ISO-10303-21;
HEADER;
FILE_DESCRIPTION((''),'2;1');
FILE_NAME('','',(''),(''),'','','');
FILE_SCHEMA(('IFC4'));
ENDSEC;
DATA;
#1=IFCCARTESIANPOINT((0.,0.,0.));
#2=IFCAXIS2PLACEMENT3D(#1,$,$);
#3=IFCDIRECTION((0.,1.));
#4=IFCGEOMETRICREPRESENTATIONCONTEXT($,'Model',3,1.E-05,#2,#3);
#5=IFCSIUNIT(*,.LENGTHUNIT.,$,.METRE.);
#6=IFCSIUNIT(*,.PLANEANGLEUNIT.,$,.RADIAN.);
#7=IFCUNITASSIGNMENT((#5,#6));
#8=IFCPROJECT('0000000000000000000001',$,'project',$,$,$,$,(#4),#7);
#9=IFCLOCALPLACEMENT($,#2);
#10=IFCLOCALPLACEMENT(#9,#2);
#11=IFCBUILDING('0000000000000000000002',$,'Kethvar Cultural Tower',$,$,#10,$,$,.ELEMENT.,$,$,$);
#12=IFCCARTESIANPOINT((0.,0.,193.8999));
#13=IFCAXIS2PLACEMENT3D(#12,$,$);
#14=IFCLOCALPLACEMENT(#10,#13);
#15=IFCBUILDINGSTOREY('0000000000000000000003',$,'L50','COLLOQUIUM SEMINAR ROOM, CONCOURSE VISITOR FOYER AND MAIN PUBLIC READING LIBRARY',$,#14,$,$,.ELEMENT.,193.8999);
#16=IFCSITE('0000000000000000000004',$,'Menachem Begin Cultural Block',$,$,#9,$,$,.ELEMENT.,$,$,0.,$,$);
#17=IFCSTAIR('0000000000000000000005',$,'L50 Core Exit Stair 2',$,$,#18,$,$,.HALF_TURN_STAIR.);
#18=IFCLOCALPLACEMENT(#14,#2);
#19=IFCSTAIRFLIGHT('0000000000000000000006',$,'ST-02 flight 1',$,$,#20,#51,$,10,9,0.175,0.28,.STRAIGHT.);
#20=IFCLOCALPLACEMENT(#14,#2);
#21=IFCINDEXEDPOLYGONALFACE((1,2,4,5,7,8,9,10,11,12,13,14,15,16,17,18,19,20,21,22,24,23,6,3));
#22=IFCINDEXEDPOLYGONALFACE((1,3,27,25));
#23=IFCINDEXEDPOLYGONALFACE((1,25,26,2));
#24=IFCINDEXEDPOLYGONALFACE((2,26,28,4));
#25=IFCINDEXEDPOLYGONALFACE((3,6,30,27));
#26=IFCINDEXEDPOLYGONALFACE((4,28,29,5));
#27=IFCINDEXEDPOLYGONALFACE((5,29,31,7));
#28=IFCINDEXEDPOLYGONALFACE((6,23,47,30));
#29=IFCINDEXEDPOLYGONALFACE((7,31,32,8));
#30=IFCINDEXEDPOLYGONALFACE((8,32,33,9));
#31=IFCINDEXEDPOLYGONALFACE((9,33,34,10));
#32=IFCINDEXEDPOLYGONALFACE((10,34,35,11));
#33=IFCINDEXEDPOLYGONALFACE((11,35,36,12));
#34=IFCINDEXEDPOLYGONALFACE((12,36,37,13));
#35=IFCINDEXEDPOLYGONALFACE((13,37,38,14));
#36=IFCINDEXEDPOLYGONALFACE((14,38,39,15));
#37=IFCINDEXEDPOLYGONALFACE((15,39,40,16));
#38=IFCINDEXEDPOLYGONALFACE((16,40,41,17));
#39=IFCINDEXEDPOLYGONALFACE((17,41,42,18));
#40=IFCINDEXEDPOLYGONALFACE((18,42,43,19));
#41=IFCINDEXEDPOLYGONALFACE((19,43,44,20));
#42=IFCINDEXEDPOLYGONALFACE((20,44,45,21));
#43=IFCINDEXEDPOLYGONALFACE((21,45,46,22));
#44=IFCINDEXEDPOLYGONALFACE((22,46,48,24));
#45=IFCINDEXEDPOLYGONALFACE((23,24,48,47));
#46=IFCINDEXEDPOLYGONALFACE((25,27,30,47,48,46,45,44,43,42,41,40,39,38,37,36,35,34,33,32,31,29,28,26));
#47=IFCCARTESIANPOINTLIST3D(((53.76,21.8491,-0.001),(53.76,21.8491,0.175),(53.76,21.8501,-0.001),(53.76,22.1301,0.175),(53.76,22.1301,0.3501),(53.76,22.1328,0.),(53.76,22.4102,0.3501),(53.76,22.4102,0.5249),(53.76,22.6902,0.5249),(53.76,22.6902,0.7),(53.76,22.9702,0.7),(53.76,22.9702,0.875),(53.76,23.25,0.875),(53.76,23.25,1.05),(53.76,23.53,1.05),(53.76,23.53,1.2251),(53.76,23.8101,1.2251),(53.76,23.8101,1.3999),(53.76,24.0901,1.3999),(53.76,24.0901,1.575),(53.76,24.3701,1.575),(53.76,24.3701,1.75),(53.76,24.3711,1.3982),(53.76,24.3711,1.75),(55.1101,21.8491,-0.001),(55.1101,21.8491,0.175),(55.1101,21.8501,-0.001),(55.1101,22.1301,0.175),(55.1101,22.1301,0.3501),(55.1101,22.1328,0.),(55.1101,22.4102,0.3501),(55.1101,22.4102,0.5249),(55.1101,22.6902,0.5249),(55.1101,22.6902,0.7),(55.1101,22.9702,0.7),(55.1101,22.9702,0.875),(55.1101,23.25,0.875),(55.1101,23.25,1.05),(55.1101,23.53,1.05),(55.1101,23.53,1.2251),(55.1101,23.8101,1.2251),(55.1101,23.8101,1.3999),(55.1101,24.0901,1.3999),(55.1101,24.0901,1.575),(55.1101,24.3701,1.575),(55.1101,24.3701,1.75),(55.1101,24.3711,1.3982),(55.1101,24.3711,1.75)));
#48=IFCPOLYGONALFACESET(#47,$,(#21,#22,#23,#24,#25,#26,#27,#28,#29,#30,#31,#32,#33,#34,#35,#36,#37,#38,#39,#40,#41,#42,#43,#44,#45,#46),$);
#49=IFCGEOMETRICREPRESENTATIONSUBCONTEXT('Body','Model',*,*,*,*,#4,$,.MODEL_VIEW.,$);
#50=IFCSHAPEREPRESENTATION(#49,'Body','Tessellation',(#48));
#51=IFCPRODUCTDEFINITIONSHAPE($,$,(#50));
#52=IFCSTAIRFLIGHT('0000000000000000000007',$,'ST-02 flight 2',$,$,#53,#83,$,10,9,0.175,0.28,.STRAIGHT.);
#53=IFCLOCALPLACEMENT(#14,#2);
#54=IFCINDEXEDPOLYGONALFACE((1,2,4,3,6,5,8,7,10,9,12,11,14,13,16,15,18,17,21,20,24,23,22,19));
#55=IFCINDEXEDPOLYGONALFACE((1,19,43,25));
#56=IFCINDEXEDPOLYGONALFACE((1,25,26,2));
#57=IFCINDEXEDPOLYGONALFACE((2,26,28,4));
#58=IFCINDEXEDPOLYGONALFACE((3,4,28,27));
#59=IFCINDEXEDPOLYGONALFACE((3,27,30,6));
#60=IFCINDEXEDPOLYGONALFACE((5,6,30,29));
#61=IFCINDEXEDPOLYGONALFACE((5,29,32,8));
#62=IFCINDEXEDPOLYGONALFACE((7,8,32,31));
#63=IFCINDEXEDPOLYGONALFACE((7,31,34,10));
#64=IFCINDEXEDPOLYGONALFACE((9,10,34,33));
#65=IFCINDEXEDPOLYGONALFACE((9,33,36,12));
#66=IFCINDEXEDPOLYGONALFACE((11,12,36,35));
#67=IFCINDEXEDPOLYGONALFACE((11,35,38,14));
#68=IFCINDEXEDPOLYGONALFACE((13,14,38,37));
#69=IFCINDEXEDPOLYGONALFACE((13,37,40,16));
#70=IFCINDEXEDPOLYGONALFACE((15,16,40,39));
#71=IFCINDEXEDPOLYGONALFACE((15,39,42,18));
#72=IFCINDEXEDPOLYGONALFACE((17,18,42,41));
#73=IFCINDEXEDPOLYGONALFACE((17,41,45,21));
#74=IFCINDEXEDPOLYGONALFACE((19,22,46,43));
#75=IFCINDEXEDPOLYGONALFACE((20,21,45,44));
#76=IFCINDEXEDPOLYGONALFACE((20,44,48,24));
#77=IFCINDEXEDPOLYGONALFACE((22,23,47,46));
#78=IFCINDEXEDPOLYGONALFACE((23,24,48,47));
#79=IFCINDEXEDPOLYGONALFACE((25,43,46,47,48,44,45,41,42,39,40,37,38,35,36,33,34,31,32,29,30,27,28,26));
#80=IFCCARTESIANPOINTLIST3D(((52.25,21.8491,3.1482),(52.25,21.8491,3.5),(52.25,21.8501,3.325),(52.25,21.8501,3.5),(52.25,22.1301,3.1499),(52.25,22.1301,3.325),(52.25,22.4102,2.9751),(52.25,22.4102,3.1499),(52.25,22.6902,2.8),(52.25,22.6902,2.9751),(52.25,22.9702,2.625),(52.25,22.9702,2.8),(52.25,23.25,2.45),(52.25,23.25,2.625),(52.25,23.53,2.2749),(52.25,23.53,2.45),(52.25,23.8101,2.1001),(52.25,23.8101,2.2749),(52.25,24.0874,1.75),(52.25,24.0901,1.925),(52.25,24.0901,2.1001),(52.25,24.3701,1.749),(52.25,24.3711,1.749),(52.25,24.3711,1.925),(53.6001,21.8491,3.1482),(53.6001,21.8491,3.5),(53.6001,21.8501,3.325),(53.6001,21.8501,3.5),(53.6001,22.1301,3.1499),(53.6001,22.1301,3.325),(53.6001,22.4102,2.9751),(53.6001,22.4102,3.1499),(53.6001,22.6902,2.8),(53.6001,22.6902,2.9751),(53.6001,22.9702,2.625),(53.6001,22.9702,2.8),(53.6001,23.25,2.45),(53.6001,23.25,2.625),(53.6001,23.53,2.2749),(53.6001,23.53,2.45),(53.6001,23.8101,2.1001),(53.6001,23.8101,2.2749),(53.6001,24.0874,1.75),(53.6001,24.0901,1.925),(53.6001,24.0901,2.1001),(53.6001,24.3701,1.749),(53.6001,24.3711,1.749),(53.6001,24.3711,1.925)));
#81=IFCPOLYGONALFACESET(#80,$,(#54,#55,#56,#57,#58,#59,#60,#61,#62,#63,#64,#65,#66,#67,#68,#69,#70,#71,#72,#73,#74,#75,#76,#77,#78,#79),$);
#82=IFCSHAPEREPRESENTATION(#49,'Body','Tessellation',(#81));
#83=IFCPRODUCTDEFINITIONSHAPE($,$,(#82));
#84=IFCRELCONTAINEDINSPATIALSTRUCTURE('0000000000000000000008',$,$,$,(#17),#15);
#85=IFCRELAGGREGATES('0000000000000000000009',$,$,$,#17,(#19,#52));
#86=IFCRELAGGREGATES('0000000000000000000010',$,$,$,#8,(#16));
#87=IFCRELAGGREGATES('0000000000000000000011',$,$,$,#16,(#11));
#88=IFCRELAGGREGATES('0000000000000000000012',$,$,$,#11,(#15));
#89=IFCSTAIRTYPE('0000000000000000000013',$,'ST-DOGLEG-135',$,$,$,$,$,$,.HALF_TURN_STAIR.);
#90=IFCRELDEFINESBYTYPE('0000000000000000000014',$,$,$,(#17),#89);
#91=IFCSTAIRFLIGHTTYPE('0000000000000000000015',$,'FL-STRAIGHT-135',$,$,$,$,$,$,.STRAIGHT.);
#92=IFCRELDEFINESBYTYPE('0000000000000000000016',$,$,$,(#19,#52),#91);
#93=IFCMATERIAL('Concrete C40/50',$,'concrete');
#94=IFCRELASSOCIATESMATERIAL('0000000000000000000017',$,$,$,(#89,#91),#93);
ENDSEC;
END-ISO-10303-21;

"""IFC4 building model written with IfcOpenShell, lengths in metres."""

from ifc_helpers import new_model, si_unit, direction, frame, origin, place, context, subcontext, project, spatial, polyline, outline, extrude, material, type_object, element, aggregate, save


model = new_model("IFC4")

# Units and contexts
model_context = context("Model", 3, precision=1e-05, world=origin(), true_north=direction((0.0, 1.0)))
body_context = subcontext(model_context, "Body", "Model", "MODEL_VIEW")
ifc_project = project(units=[si_unit("LENGTHUNIT", "METRE"), si_unit("PLANEANGLEUNIT", "RADIAN")], contexts=[model_context])

# Site, building, storey
site_placement = place(None, origin())
site = spatial("IfcSite", under=ifc_project, at=site_placement, Name="Menachem Begin Cultural Block", CompositionType="ELEMENT", RefElevation=0.0)
building_placement = place(site_placement, origin())
building = spatial("IfcBuilding", under=site, at=building_placement, Name="Kethvar Cultural Tower", CompositionType="ELEMENT")
storey_placement = place(building_placement, frame((0.0, 0.0, 193.8999)))
storey = spatial("IfcBuildingStorey", under=building, at=storey_placement, Name="L50", Description="COLLOQUIUM SEMINAR ROOM, CONCOURSE VISITOR FOYER AND MAIN PUBLIC READING LIBRARY", CompositionType="ELEMENT", Elevation=193.8999)

# Stair, stair flights
ifc_material_1 = material(Name="Concrete C40/50", Category="concrete")
stair_type = type_object("IfcStairType", Name="ST-DOGLEG-135", PredefinedType="HALF_TURN_STAIR", material=ifc_material_1)
stair_placement = place(storey_placement, origin())
stair = element("IfcStair", 1, at=stair_placement, inside=storey, type_object=stair_type, Name="L50 Core Exit Stair 2", PredefinedType="HALF_TURN_STAIR")
stair_flight_type = type_object("IfcStairFlightType", Name="FL-STRAIGHT-135", PredefinedType="STRAIGHT", material=ifc_material_1)
stair_flight_1_placement = place(storey_placement, frame((54.4351, 21.8501, 0.0), z_axis=(0.0, 0.0, 1.0), x_axis=(0.0, 1.0, 0.0)))
stair_flight_1 = element("IfcStairFlight", 2, at=stair_flight_1_placement, type_object=stair_flight_type, Name="ST-02 flight 1", NumberOfRisers=10, NumberOfTreads=9, PredefinedType="STRAIGHT", RiserHeight=0.175, TreadLength=0.28, context=body_context, shape_type="SweptSolid", body=[
    extrude(outline(polyline([(-0.001, -0.001), (-0.001, 0.175), (0.28, 0.175), (0.28, 0.3501), (0.5601, 0.3501), (0.5601, 0.5249), (0.8401, 0.5249), (0.8401, 0.7), (1.1201, 0.7), (1.1201, 0.875), (1.3999, 0.875), (1.3999, 1.05), (1.6799, 1.05), (1.6799, 1.2251), (1.96, 1.2251), (1.96, 1.3999), (2.24, 1.3999), (2.24, 1.575), (2.52, 1.575), (2.52, 1.75), (2.521, 1.75), (2.521, 1.3982), (0.2827, 0.0), (0.0, -0.001), (-0.001, -0.001)])), frame((0.0, 0.675, 0.0), z_axis=(0.0, -1.0, 0.0), x_axis=(1.0, 0.0, 0.0)), (0.0, 0.0, 1.0), 1.3501),
])
stair_flight_2_placement = place(storey_placement, frame((52.925, 24.3701, 1.75), z_axis=(0.0, 0.0, 1.0), x_axis=(0.0, -1.0, 0.0)))
stair_flight_2 = element("IfcStairFlight", 3, at=stair_flight_2_placement, type_object=stair_flight_type, Name="ST-02 flight 2", NumberOfRisers=10, NumberOfTreads=9, PredefinedType="STRAIGHT", RiserHeight=0.175, TreadLength=0.28, context=body_context, shape_type="SweptSolid", body=[
    extrude(outline(polyline([(-0.001, -0.001), (-0.001, 0.175), (0.28, 0.175), (0.28, 0.3501), (0.5601, 0.3501), (0.5601, 0.5249), (0.8401, 0.5249), (0.8401, 0.7), (1.1201, 0.7), (1.1201, 0.875), (1.3999, 0.875), (1.3999, 1.05), (1.6799, 1.05), (1.6799, 1.2251), (1.96, 1.2251), (1.96, 1.3999), (2.24, 1.3999), (2.24, 1.575), (2.52, 1.575), (2.52, 1.75), (2.521, 1.75), (2.521, 1.3982), (0.2827, 0.0), (0.0, -0.001), (-0.001, -0.001)])), frame((0.0, 0.675, 0.0), z_axis=(0.0, -1.0, 0.0), x_axis=(1.0, 0.0, 0.0)), (0.0, 0.0, 1.0), 1.3501),
])
aggregate(stair, [stair_flight_1, stair_flight_2])

save(model, "model.ifc")
